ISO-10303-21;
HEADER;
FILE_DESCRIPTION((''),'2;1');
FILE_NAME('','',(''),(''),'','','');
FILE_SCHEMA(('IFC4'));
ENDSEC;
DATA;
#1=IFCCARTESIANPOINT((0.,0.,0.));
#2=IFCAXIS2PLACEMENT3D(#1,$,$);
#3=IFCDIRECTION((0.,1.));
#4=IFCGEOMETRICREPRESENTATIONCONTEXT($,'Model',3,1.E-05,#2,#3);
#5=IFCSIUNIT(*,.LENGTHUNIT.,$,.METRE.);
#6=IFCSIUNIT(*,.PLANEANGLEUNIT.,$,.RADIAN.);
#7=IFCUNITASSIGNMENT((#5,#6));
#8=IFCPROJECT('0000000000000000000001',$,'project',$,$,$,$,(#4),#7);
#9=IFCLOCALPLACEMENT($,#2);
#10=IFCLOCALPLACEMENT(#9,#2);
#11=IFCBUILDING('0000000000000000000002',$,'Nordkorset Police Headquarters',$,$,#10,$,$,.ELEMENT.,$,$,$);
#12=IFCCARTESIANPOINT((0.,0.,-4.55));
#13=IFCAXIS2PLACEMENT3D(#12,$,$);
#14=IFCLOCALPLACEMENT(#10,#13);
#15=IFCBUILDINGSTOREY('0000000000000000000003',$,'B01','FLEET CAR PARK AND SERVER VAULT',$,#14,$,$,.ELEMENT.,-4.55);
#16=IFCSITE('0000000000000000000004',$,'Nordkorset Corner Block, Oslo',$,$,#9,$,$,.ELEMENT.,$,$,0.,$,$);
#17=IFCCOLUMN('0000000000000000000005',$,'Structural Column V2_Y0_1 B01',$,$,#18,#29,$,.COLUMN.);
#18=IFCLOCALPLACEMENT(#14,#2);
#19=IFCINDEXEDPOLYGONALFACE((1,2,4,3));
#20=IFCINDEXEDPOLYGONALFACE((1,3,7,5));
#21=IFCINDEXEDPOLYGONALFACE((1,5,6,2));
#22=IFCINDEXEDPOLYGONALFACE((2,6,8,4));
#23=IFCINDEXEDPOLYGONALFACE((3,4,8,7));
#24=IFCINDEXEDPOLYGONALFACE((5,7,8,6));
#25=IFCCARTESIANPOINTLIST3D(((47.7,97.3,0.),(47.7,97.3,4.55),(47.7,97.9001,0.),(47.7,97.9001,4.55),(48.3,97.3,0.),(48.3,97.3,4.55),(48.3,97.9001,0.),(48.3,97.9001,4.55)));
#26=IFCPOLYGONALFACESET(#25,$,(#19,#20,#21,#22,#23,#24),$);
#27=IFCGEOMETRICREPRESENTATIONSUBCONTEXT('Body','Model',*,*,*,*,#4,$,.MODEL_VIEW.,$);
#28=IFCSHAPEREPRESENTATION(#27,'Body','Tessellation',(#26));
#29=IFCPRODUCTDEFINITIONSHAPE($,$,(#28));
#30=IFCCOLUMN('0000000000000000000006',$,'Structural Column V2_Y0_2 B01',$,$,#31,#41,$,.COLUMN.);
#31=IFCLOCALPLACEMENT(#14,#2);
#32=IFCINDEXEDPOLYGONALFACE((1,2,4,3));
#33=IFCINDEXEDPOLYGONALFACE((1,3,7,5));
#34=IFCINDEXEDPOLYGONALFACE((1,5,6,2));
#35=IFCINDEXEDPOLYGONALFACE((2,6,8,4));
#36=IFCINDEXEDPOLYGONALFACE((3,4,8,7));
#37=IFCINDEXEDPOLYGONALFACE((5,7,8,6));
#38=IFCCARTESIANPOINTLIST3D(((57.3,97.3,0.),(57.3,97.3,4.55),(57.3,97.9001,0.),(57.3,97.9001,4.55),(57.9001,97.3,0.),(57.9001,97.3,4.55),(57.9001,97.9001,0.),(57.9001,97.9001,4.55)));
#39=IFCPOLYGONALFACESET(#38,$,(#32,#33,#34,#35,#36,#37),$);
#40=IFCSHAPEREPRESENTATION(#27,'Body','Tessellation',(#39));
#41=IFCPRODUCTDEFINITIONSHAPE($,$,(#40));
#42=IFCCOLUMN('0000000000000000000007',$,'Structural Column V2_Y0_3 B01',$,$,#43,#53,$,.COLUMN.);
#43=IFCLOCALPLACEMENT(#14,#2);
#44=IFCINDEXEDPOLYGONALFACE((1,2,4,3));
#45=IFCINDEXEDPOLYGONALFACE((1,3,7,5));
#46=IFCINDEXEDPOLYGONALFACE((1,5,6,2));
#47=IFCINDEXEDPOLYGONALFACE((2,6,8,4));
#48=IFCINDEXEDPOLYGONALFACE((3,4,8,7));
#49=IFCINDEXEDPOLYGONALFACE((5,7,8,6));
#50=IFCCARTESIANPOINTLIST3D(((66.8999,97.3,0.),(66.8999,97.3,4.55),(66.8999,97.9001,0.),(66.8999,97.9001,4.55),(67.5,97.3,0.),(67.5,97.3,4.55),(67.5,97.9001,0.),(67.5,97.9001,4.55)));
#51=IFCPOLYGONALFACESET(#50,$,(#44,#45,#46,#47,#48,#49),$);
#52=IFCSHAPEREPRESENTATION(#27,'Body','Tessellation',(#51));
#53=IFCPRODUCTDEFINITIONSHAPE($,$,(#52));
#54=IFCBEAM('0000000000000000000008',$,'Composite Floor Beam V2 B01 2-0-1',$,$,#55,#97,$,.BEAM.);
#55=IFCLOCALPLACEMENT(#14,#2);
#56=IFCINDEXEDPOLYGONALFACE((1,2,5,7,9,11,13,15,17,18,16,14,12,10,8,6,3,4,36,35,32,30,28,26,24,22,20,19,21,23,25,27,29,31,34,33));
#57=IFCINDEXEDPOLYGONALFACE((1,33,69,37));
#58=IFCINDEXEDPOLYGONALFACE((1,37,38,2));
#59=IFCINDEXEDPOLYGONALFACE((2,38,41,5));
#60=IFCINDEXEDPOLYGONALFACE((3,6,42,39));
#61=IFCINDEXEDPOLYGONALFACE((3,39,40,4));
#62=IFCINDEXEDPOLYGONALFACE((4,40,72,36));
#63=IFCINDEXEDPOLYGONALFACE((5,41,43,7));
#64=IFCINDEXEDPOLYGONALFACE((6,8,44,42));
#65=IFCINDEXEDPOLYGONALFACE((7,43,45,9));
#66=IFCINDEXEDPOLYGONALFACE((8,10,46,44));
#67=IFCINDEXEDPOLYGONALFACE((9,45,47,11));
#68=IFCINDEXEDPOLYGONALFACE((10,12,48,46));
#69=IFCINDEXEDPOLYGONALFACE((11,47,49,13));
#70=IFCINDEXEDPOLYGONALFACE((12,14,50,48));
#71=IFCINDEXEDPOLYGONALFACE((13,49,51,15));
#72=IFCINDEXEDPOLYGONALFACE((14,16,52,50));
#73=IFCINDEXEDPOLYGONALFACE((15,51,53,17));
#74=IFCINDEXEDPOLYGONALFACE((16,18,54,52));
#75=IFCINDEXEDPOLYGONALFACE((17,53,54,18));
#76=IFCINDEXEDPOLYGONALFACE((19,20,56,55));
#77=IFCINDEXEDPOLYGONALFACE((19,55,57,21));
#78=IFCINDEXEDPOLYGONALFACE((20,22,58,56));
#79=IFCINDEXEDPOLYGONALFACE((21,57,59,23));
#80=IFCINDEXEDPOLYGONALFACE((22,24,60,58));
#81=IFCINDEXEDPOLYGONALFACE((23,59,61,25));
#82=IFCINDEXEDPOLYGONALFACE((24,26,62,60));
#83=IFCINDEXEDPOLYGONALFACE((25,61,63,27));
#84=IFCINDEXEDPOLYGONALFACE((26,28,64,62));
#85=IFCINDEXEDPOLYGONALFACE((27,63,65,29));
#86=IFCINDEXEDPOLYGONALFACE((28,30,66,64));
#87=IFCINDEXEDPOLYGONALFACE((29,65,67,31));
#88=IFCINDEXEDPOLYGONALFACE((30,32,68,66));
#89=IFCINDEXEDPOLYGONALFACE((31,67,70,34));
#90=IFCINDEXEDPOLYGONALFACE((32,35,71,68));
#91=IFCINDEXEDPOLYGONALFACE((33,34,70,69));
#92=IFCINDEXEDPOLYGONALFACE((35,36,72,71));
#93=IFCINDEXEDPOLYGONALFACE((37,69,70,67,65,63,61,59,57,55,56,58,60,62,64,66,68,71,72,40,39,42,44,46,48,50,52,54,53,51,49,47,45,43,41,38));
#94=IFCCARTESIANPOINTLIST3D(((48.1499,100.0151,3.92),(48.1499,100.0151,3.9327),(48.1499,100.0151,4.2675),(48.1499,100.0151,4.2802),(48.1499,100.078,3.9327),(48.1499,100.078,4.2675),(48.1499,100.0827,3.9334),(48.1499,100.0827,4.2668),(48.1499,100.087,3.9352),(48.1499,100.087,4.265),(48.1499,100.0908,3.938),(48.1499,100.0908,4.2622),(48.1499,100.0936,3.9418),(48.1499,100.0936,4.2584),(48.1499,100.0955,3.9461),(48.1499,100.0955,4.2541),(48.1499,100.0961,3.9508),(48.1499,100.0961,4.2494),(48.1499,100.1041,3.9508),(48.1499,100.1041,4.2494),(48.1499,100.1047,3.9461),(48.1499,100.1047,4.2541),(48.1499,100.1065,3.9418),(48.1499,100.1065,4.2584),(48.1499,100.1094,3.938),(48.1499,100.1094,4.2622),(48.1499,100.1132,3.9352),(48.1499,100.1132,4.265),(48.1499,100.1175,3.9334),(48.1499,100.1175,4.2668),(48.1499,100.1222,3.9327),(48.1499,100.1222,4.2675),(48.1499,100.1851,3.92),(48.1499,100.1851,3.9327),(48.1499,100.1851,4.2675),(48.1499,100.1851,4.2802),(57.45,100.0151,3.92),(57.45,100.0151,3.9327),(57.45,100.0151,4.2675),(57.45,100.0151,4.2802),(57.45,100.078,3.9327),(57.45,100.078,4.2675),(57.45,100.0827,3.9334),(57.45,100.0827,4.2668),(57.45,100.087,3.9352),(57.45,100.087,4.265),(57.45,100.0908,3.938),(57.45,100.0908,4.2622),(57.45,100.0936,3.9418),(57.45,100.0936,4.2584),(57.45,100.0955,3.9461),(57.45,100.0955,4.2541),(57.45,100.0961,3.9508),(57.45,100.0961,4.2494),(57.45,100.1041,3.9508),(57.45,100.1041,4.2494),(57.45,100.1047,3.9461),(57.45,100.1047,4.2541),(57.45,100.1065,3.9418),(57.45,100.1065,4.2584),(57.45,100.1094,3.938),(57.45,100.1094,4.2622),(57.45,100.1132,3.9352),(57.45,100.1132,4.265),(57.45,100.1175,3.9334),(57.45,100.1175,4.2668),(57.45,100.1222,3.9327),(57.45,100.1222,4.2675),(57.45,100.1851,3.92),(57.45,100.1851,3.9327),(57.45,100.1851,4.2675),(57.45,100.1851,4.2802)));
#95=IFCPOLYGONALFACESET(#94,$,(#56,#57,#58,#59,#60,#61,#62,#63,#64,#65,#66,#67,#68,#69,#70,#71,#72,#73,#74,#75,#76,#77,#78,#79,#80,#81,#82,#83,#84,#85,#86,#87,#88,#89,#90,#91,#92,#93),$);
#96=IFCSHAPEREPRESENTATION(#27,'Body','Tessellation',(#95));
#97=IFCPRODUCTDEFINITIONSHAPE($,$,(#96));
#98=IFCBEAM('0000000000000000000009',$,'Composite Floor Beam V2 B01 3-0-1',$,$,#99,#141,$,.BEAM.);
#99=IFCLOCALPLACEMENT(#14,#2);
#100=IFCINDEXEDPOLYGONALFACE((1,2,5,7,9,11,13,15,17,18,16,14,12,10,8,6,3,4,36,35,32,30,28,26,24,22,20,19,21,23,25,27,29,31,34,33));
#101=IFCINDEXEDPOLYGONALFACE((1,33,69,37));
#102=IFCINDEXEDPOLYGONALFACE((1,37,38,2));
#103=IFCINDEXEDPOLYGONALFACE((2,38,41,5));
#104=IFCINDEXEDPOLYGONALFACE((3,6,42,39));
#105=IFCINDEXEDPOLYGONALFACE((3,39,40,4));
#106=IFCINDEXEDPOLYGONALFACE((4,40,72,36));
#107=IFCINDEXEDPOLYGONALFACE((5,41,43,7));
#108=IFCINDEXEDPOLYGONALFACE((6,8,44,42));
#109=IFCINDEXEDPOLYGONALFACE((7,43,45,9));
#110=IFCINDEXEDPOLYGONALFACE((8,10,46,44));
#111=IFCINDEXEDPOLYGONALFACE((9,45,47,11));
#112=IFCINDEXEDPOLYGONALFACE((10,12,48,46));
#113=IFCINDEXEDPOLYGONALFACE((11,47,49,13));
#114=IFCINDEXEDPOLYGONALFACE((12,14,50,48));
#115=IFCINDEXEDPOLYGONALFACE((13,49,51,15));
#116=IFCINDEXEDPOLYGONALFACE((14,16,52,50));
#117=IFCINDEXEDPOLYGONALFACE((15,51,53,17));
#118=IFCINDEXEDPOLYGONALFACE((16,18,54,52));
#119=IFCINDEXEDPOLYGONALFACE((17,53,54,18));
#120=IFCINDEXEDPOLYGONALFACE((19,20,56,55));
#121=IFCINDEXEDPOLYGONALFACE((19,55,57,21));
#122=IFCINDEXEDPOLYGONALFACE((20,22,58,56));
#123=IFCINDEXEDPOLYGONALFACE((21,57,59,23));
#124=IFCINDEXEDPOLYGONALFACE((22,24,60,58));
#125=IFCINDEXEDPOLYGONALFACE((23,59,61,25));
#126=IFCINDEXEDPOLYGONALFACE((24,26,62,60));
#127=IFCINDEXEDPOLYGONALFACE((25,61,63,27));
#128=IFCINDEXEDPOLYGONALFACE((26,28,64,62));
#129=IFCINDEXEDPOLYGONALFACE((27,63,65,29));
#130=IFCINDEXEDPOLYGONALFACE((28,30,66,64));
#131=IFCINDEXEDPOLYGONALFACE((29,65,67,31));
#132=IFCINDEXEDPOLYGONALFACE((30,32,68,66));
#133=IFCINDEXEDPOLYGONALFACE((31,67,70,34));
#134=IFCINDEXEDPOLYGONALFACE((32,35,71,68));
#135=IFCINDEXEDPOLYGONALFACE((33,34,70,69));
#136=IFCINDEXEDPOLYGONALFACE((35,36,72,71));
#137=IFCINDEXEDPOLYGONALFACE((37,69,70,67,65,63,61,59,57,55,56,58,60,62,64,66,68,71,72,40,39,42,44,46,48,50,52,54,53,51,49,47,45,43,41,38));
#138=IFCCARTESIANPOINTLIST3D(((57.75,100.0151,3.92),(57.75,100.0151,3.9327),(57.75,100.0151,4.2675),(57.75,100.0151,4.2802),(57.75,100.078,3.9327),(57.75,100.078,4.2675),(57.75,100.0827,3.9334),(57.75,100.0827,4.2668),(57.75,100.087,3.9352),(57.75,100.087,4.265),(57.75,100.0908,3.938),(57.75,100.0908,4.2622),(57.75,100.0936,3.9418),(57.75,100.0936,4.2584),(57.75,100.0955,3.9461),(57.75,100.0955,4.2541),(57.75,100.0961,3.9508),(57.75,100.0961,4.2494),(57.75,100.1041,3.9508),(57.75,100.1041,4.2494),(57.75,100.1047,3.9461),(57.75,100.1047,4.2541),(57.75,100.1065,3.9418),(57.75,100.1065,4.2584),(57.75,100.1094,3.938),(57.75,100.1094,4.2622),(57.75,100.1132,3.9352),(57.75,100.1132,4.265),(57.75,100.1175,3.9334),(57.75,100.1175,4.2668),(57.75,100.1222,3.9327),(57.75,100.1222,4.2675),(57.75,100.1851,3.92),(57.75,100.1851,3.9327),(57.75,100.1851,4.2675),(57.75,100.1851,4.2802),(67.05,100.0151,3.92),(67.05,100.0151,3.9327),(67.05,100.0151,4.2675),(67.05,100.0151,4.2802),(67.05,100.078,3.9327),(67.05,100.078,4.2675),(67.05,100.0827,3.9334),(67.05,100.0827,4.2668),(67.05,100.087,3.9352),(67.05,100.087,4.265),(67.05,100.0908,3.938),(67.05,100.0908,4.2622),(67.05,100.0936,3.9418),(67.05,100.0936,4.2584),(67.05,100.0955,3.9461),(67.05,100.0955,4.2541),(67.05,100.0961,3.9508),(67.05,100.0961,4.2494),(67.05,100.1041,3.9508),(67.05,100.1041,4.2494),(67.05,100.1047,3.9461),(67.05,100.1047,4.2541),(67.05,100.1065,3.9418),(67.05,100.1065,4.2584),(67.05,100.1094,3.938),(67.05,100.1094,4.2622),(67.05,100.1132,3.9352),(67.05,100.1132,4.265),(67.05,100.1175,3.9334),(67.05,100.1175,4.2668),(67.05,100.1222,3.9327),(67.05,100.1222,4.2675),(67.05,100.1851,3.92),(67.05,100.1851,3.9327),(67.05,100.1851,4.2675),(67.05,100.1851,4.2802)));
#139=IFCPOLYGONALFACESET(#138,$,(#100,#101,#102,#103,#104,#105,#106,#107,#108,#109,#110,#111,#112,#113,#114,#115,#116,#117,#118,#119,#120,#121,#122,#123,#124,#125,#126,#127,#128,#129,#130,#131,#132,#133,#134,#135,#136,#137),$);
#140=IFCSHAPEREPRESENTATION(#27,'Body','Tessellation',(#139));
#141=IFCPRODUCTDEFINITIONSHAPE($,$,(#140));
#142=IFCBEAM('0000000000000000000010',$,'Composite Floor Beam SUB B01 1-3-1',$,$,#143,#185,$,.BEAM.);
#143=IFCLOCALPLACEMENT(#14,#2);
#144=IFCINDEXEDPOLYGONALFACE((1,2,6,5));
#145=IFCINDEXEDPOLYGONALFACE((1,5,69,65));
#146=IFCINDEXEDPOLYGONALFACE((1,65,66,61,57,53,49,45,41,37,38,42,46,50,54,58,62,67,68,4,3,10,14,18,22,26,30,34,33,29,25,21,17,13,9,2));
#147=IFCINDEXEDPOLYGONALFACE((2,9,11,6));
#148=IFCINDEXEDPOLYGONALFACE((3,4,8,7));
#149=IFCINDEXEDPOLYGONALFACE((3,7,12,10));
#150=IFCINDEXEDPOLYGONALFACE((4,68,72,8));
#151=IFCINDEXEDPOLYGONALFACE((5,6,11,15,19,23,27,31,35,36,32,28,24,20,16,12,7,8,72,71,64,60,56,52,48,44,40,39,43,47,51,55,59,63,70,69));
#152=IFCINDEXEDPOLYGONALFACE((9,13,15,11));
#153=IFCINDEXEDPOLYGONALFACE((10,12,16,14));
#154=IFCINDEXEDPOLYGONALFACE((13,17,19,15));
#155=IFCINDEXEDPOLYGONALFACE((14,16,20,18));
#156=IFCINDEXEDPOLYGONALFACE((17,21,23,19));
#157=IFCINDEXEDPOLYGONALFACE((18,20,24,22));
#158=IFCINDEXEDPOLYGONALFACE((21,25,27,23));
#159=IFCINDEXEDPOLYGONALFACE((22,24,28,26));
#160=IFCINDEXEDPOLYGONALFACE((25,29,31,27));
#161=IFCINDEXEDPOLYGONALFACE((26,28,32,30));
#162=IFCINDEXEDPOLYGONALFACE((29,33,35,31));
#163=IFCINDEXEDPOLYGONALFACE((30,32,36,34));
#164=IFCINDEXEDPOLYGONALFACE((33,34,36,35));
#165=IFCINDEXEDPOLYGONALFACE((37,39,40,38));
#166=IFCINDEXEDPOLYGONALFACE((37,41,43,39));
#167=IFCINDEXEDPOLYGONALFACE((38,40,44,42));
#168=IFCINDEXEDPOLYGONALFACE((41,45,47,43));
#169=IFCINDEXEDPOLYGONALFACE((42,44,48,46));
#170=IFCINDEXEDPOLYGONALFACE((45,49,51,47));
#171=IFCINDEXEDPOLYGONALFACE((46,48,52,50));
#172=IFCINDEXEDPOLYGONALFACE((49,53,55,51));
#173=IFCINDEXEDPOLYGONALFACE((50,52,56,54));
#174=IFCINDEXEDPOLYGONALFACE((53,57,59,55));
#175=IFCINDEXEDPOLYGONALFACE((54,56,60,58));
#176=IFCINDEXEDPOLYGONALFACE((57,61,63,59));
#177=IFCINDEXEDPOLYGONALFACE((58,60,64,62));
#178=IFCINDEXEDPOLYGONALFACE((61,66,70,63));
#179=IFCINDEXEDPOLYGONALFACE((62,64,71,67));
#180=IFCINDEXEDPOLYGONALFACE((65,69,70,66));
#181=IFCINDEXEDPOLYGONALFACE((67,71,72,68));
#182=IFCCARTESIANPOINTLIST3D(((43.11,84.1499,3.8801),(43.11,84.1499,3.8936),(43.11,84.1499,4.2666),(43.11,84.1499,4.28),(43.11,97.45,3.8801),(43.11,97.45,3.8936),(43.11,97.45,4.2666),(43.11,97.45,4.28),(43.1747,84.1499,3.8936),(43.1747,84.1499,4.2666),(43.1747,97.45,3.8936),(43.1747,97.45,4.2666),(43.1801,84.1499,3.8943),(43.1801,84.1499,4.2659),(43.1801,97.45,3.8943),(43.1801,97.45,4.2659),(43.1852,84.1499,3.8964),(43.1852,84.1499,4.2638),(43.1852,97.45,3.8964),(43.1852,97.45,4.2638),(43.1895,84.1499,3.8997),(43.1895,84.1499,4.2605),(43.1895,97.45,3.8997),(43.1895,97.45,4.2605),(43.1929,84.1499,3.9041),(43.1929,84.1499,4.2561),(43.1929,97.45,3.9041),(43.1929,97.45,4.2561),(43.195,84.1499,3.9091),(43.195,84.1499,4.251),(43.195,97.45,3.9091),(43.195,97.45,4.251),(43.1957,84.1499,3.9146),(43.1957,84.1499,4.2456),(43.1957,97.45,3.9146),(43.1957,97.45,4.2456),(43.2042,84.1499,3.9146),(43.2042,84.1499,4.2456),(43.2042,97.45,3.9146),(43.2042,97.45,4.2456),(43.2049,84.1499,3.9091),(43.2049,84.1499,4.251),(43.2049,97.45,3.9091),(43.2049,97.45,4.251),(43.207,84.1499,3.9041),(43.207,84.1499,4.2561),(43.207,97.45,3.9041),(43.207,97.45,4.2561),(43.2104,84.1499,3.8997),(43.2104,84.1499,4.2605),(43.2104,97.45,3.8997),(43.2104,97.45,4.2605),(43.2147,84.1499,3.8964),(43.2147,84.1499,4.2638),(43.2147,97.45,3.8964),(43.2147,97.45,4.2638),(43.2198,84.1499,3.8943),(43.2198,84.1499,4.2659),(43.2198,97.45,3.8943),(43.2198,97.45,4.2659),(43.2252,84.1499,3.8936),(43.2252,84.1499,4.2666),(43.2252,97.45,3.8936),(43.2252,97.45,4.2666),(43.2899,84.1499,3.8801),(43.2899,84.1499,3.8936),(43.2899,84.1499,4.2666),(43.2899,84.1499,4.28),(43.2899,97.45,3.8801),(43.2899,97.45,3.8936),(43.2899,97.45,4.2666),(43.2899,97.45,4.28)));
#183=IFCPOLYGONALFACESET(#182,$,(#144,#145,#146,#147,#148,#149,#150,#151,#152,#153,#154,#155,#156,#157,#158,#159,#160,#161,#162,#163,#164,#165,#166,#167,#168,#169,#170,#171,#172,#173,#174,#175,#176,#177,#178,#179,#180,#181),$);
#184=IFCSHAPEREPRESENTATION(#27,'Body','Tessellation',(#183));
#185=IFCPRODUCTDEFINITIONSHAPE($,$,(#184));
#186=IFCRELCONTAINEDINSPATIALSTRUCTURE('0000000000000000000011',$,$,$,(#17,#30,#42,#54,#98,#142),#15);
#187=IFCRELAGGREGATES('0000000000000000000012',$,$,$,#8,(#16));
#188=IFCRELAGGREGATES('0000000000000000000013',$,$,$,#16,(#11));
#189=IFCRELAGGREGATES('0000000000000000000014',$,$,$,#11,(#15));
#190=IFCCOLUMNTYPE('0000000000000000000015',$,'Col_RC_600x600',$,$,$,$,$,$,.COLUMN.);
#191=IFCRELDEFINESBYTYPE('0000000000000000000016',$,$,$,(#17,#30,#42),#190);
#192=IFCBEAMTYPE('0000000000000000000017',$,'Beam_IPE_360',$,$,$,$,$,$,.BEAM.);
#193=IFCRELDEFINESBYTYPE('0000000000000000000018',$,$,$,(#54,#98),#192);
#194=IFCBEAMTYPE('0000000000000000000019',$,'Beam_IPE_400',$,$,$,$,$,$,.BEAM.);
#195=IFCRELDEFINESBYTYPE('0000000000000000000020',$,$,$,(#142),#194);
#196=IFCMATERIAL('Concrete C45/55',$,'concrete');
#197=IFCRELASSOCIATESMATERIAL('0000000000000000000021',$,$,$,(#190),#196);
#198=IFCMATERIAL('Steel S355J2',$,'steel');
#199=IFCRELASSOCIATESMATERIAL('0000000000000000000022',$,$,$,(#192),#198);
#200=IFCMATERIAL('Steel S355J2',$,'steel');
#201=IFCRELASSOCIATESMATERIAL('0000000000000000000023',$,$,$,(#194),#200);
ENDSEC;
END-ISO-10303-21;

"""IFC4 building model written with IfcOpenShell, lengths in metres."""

from ifc_helpers import new_model, si_unit, direction, frame, origin, origin_2d, place, context, subcontext, project, spatial, rectangle, i_section, extrude, material, material_profile, profile_set, type_object, element, save


model = new_model("IFC4")

# Units and contexts
model_context = context("Model", 3, precision=1e-05, world=origin(), true_north=direction((0.0, 1.0)))
body_context = subcontext(model_context, "Body", "Model", "MODEL_VIEW")
ifc_project = project(units=[si_unit("LENGTHUNIT", "METRE"), si_unit("PLANEANGLEUNIT", "RADIAN")], contexts=[model_context])

# Site, building, storey
site_placement = place(None, origin())
site = spatial("IfcSite", under=ifc_project, at=site_placement, Name="Nordkorset Corner Block, Oslo", CompositionType="ELEMENT", RefElevation=0.0)
building_placement = place(site_placement, origin())
building = spatial("IfcBuilding", under=site, at=building_placement, Name="Nordkorset Police Headquarters", CompositionType="ELEMENT")
storey_placement = place(building_placement, frame((0.0, 0.0, -4.55)))
storey = spatial("IfcBuildingStorey", under=building, at=storey_placement, Name="B01", Description="FLEET CAR PARK AND SERVER VAULT", CompositionType="ELEMENT", Elevation=-4.55)

# Columns
ifc_material_1 = material(Name="Concrete C45/55", Category="concrete")
ifc_material_profile_1 = material_profile(ifc_material_1, rectangle(XDim=0.6001, YDim=0.6001, at=origin_2d()), Name="RC 600x600")
ifc_profile_set_1 = profile_set([ifc_material_profile_1], Name="Concrete C45/55")
column_type = type_object("IfcColumnType", Name="Col_RC_600x600", PredefinedType="COLUMN", material=ifc_profile_set_1)
for number, where, z_axis, x_axis, name in (
    (1, (48.0, 97.6001, 0.0), (0.0, 0.0, 1.0), (1.0, 0.0, 0.0), "Structural Column V2_Y0_1 B01"),
    (2, (57.6001, 97.6001, 0.0), (0.0, 0.0, 1.0), (1.0, 0.0, 0.0), "Structural Column V2_Y0_2 B01"),
    (3, (67.2, 97.6001, 0.0), (0.0, 0.0, 1.0), (1.0, 0.0, 0.0), "Structural Column V2_Y0_3 B01"),
):
    element("IfcColumn", number, at=place(storey_placement, frame(where, z_axis=z_axis, x_axis=x_axis)), inside=storey, type_object=column_type, Name=name, PredefinedType="COLUMN", context=body_context, shape_type="SweptSolid", body=[
        extrude(rectangle(XDim=0.6001, YDim=0.6001, at=origin_2d()), origin(), (0.0, 0.0, 1.0), 4.55),
    ])

# Beams
ifc_material_2 = material(Name="Steel S355J2", Category="steel")
ifc_material_profile_2 = material_profile(ifc_material_2, i_section(OverallWidth=0.1699, OverallDepth=0.3601, WebThickness=0.0081, FlangeThickness=0.0127, FilletRadius=0.0181, at=origin_2d()), Name="IPE 360")
ifc_profile_set_2 = profile_set([ifc_material_profile_2], Name="Steel S355J2")
beam_type_1 = type_object("IfcBeamType", Name="Beam_IPE_360", PredefinedType="BEAM", material=ifc_profile_set_2)
for number, where, z_axis, x_axis, name in (
    (4, (48.1499, 100.1001, 4.1001), (1.0, 0.0, 0.0), (0.0, 1.0, 0.0), "Composite Floor Beam V2 B01 2-0-1"),
    (5, (57.75, 100.1001, 4.1001), (1.0, 0.0, 0.0), (0.0, 1.0, 0.0), "Composite Floor Beam V2 B01 3-0-1"),
):
    element("IfcBeam", number, at=place(storey_placement, frame(where, z_axis=z_axis, x_axis=x_axis)), inside=storey, type_object=beam_type_1, Name=name, PredefinedType="BEAM", context=body_context, shape_type="SweptSolid", body=[
        extrude(i_section(OverallWidth=0.1699, OverallDepth=0.3601, WebThickness=0.0081, FlangeThickness=0.0127, FilletRadius=0.0181, at=origin_2d()), origin(), (0.0, 0.0, 1.0), 9.3),
    ])
ifc_material_3 = material(Name="Steel S355J2", Category="steel")
ifc_material_profile_3 = material_profile(ifc_material_3, i_section(OverallWidth=0.1799, OverallDepth=0.3999, WebThickness=0.0085, FlangeThickness=0.0134, FilletRadius=0.021, at=origin_2d()), Name="IPE 400")
ifc_profile_set_3 = profile_set([ifc_material_profile_3], Name="Steel S355J2")
beam_type_2 = type_object("IfcBeamType", Name="Beam_IPE_400", PredefinedType="BEAM", material=ifc_profile_set_3)
for number, where, z_axis, x_axis, name in (
    (6, (43.2, 84.1499, 4.0801), (0.0, 1.0, 0.0), (-1.0, 0.0, 0.0), "Composite Floor Beam SUB B01 1-3-1"),
):
    element("IfcBeam", number, at=place(storey_placement, frame(where, z_axis=z_axis, x_axis=x_axis)), inside=storey, type_object=beam_type_2, Name=name, PredefinedType="BEAM", context=body_context, shape_type="SweptSolid", body=[
        extrude(i_section(OverallWidth=0.1799, OverallDepth=0.3999, WebThickness=0.0085, FlangeThickness=0.0134, FilletRadius=0.021, at=origin_2d()), origin(), (0.0, 0.0, 1.0), 13.3),
    ])

save(model, "model.ifc")
